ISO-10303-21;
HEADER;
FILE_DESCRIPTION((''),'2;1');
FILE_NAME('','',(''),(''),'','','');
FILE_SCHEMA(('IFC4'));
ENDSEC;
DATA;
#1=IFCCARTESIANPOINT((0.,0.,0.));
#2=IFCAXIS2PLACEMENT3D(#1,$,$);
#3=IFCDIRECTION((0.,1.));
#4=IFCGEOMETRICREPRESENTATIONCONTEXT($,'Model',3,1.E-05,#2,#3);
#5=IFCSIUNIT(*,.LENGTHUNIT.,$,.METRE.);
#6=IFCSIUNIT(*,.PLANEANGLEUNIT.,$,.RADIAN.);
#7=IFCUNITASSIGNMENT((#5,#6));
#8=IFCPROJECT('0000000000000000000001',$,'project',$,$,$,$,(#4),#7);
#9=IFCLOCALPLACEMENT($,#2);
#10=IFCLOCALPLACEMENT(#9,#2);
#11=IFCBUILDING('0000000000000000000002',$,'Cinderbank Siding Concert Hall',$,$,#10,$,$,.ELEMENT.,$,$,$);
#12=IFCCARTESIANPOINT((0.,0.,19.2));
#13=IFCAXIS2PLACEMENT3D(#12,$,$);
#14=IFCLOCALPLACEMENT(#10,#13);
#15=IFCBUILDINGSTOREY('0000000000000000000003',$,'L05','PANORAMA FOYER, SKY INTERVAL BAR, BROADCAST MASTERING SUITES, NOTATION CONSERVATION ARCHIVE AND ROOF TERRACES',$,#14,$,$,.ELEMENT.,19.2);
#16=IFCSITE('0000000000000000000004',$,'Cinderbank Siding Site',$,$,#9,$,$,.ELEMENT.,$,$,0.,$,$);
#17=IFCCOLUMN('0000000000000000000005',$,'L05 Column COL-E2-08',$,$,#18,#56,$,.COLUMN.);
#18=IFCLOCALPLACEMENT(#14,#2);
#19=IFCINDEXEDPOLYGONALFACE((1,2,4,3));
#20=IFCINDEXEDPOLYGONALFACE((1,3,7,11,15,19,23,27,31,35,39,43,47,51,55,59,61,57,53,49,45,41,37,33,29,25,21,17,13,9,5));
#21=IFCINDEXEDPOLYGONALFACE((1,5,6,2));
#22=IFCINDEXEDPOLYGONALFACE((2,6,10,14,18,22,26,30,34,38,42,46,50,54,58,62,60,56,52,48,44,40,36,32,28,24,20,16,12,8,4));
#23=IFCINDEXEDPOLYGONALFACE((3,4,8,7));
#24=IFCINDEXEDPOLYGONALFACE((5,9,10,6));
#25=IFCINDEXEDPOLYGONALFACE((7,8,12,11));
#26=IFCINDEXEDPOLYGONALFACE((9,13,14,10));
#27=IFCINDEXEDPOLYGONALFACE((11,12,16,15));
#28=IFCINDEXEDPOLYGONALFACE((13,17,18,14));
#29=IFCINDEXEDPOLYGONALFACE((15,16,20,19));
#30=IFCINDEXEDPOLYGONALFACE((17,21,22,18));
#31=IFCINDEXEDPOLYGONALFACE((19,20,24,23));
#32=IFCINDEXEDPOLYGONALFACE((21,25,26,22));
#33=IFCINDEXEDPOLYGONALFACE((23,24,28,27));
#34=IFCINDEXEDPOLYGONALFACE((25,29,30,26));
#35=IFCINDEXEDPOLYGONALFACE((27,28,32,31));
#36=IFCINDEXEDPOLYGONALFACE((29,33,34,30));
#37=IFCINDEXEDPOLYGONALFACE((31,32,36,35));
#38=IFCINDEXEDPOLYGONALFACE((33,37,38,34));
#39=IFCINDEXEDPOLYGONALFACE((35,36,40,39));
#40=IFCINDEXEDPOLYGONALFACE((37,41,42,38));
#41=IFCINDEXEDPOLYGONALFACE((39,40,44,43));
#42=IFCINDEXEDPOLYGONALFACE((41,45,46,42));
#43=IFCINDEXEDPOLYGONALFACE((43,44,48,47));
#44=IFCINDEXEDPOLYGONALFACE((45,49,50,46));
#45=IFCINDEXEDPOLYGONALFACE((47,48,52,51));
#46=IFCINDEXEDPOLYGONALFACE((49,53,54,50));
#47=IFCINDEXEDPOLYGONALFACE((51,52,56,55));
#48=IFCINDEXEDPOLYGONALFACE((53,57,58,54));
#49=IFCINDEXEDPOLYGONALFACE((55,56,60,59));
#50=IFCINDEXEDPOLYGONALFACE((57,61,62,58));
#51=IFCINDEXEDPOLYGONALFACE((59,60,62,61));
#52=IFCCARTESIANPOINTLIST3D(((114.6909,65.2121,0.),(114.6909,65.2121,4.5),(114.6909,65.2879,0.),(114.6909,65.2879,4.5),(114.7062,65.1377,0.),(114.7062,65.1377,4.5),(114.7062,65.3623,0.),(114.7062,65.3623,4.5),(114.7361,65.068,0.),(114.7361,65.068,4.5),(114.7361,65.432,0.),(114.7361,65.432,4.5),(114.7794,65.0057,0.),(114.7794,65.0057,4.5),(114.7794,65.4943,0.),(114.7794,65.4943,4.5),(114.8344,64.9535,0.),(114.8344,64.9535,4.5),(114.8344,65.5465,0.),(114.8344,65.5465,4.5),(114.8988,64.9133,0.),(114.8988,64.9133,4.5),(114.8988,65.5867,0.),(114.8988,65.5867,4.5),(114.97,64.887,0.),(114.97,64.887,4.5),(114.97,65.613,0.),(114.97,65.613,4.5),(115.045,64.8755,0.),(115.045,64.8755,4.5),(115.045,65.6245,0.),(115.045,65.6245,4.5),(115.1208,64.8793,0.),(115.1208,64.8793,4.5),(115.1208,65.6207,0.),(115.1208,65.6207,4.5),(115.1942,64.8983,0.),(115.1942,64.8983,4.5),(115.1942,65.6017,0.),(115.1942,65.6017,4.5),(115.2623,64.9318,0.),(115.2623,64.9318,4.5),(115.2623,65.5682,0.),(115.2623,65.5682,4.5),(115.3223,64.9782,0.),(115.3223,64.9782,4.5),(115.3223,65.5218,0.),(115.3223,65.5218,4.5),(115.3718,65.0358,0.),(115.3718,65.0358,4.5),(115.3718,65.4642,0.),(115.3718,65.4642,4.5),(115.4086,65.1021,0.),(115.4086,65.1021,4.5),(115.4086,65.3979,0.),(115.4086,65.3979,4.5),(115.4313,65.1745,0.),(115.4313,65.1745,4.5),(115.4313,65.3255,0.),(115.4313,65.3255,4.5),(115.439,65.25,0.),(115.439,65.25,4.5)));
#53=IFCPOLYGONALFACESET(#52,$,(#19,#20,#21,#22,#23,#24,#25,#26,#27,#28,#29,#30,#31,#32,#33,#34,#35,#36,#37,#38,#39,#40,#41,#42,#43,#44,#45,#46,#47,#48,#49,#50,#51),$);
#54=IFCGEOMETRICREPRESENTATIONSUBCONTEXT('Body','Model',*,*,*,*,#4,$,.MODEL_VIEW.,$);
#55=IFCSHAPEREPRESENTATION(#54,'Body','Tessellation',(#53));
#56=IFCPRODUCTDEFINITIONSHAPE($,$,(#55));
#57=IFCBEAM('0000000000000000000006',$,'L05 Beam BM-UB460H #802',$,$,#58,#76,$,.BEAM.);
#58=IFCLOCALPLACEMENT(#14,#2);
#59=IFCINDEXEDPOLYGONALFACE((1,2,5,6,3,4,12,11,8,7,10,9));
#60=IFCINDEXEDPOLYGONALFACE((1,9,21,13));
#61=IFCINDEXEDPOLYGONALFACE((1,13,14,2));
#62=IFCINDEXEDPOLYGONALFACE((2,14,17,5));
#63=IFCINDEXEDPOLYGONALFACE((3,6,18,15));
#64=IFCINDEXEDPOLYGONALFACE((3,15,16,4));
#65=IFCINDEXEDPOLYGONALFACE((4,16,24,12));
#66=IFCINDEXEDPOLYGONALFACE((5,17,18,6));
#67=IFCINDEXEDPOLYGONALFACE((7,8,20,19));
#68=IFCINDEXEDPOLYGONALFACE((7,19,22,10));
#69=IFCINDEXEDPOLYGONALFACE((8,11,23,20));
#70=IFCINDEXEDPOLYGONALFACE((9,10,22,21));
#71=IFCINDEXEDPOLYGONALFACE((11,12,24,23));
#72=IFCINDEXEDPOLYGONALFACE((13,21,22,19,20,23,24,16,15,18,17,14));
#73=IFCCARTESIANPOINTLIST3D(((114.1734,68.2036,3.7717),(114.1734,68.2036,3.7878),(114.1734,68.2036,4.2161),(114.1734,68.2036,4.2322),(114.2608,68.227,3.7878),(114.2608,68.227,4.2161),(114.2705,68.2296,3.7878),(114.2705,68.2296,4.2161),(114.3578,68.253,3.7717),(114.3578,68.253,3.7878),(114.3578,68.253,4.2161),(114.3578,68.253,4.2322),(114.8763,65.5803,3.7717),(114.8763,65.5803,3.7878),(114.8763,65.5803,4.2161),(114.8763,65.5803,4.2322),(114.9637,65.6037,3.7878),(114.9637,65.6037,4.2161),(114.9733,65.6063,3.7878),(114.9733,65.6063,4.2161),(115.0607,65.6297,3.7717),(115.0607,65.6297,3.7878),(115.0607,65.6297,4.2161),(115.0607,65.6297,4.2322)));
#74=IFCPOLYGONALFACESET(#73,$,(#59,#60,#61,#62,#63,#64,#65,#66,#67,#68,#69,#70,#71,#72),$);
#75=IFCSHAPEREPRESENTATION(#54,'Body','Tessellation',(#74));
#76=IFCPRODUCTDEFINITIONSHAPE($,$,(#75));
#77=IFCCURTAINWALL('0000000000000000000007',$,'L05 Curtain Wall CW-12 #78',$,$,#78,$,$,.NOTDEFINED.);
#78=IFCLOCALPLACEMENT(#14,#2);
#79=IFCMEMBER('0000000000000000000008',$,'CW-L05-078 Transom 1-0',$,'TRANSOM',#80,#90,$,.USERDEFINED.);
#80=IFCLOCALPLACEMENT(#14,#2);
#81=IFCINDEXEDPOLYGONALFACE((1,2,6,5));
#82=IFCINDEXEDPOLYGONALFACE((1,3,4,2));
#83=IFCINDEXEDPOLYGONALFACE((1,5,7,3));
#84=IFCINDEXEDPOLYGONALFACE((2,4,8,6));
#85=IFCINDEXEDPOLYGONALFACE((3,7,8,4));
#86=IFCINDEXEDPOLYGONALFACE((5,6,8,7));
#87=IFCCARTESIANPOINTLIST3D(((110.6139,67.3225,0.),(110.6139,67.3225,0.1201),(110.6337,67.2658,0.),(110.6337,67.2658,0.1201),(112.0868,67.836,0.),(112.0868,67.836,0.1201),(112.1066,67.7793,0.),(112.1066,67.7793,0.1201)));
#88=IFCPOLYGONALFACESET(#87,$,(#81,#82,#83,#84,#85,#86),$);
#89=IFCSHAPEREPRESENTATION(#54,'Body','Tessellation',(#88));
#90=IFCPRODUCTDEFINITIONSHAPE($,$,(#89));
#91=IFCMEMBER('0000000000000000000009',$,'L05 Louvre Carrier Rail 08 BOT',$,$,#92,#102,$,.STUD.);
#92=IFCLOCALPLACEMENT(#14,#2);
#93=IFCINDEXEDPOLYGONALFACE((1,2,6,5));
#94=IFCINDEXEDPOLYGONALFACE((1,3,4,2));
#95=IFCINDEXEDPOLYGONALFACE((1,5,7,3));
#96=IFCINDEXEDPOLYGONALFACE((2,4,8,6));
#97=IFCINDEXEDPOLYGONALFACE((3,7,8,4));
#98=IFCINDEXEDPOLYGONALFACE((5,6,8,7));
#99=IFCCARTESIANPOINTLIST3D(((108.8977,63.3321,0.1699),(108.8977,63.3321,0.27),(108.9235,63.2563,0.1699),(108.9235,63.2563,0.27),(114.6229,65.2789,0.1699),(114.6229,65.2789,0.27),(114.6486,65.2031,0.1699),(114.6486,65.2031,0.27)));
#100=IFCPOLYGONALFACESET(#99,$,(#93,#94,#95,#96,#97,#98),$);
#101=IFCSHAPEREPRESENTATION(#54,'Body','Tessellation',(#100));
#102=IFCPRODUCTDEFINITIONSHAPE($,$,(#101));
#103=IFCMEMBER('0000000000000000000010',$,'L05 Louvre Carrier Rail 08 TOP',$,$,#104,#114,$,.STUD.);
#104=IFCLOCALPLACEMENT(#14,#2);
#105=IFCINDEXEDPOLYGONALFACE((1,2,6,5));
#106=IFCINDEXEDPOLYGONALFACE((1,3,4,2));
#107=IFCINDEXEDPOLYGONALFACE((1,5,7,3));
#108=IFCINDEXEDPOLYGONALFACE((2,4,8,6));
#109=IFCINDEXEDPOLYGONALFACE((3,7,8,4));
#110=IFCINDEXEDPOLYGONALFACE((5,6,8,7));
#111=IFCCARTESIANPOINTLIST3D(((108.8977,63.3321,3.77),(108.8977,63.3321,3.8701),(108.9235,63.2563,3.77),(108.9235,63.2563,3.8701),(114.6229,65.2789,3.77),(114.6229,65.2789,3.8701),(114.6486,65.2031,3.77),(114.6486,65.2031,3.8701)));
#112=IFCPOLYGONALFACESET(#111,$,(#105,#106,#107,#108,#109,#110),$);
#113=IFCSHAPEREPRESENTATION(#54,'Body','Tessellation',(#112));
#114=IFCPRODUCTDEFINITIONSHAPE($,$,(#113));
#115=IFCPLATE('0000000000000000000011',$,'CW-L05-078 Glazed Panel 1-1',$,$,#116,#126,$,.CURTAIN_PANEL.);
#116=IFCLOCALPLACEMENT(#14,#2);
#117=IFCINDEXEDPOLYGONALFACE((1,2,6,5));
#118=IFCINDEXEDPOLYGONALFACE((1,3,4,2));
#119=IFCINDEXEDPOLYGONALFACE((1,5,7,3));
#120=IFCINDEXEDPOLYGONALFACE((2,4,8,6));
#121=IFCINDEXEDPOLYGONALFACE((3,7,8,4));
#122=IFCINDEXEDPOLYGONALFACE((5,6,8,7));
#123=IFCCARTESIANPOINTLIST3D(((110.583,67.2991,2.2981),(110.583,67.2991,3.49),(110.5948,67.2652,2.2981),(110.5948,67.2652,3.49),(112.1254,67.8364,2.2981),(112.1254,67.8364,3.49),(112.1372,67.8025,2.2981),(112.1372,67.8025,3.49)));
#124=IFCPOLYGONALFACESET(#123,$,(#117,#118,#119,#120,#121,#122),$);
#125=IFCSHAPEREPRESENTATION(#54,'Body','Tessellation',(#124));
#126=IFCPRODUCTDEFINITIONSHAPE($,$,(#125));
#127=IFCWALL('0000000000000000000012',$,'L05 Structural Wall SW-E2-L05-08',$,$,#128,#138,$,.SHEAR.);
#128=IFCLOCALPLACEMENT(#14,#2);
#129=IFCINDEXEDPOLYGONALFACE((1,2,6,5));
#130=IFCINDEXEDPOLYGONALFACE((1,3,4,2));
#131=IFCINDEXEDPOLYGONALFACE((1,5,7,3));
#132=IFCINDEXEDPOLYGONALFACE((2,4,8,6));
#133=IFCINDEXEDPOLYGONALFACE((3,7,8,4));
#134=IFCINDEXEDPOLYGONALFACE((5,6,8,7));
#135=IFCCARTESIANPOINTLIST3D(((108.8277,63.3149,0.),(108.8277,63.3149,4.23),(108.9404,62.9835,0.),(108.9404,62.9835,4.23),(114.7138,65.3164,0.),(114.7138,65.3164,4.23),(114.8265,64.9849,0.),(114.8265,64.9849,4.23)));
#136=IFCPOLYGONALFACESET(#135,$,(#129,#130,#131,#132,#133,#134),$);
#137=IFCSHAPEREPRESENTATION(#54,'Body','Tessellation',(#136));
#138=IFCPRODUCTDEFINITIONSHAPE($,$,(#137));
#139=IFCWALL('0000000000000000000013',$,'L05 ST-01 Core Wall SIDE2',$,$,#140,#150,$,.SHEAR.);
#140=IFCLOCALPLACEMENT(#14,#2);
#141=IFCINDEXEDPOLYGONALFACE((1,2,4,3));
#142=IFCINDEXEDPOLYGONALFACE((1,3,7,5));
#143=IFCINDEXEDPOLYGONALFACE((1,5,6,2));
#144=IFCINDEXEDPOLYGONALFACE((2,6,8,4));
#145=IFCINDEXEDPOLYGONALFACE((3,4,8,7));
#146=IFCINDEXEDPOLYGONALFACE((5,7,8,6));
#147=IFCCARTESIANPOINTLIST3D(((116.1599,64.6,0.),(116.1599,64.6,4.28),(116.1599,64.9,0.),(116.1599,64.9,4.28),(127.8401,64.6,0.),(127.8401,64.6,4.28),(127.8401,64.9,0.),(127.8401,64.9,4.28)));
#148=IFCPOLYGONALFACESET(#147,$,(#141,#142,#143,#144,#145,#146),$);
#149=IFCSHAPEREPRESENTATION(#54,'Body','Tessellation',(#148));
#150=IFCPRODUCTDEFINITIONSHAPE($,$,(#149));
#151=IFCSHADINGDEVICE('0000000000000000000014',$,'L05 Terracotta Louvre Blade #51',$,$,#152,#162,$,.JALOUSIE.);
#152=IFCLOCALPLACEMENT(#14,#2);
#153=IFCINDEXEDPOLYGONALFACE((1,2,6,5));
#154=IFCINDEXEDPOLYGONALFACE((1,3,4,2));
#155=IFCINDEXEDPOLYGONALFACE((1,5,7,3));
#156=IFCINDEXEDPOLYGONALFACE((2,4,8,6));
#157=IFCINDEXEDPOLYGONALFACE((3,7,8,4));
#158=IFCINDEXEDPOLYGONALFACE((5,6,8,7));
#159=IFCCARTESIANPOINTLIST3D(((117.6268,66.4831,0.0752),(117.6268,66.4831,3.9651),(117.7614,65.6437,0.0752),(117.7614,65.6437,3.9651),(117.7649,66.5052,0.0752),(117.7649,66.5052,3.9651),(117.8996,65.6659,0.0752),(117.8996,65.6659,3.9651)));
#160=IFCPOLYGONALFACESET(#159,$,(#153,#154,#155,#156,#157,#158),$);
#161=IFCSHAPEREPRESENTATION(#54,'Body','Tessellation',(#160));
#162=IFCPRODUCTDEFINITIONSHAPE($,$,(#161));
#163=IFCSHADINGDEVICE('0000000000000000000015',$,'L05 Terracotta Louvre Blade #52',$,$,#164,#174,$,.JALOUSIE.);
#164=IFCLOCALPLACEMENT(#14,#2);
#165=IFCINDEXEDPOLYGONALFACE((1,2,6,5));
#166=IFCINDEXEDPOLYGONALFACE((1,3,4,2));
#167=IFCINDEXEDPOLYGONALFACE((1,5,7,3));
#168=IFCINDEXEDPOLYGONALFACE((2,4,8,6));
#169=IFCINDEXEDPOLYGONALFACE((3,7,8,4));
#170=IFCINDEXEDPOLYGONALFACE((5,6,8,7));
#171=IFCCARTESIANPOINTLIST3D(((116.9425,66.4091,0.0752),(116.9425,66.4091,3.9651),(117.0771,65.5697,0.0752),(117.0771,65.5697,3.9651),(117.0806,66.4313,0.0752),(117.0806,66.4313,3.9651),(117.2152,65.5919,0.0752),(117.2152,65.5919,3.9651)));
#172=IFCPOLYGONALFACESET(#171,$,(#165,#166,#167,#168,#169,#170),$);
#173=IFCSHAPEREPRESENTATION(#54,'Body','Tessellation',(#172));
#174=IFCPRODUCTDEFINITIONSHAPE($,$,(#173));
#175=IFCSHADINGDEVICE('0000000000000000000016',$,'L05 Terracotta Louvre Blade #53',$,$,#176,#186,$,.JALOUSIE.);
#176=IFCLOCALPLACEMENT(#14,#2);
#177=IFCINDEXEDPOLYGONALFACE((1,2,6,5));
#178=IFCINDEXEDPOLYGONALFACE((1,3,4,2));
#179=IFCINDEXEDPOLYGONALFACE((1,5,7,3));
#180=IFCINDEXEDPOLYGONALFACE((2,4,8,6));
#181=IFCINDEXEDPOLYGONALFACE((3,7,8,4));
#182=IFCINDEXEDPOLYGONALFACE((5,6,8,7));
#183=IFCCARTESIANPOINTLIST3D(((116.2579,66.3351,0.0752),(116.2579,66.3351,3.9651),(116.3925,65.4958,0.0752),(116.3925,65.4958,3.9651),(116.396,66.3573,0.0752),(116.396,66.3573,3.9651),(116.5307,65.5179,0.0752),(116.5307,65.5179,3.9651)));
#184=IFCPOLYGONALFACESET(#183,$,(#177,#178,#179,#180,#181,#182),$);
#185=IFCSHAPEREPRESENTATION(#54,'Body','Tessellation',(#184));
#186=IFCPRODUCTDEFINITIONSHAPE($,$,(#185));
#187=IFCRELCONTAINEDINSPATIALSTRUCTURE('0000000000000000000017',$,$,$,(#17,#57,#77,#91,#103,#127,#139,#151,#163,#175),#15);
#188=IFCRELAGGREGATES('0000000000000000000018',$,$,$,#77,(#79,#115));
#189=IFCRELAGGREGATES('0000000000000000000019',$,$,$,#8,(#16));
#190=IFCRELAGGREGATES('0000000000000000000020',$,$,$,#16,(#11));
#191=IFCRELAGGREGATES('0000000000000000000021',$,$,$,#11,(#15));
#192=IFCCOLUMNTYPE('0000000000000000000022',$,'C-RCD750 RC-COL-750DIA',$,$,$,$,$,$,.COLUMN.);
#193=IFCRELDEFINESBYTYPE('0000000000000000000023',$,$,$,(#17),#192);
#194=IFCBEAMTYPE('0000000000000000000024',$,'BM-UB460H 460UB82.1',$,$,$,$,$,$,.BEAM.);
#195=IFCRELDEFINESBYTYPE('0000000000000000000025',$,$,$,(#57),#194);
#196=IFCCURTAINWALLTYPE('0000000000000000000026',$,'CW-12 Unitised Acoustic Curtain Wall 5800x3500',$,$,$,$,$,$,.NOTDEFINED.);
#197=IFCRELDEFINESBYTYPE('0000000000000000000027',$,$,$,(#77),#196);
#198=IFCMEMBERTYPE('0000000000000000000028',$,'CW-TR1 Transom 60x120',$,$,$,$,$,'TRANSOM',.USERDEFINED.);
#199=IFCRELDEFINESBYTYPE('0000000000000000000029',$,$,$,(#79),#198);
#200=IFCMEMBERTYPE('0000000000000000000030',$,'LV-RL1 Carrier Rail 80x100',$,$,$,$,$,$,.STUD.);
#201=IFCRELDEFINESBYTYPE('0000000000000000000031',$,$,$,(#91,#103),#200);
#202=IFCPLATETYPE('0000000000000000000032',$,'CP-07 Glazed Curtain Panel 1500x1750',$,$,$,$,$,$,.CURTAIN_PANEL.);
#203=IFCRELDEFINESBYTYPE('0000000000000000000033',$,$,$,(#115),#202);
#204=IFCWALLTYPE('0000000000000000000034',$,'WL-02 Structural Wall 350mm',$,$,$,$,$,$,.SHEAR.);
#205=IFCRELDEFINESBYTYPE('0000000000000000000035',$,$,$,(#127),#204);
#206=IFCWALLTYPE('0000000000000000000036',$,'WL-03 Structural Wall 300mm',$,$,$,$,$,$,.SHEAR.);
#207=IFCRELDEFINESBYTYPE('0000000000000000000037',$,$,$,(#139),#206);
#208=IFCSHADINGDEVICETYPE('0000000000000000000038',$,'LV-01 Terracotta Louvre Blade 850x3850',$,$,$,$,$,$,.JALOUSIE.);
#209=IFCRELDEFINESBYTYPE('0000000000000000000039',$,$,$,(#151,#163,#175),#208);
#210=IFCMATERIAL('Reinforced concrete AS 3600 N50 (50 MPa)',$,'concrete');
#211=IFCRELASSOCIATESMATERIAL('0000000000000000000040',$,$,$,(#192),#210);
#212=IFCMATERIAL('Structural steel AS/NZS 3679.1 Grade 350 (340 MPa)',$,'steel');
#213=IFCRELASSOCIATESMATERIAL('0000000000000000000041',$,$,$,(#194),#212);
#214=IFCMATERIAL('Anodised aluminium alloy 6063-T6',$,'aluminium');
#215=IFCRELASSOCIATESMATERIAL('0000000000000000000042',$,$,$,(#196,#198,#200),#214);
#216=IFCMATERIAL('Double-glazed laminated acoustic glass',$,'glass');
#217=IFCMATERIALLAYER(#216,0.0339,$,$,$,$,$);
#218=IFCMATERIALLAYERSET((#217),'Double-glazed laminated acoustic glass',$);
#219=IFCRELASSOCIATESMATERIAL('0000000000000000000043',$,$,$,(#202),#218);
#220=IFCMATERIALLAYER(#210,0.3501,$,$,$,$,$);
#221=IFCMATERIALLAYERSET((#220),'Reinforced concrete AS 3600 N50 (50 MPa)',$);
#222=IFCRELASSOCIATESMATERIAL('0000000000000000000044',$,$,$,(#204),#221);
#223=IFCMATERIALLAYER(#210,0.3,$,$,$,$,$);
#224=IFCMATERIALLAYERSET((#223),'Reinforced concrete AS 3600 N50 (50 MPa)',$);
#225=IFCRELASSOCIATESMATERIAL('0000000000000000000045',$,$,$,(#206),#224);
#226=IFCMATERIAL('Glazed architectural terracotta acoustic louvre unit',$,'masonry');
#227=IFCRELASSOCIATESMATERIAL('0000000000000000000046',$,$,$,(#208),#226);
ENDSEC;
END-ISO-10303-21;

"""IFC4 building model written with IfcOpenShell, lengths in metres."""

from ifc_helpers import new_model, si_unit, direction, frame, frame_2d, origin, origin_2d, place, context, subcontext, project, spatial, rectangle, circle, i_section, extrude, material, layer, layer_set, material_profile, profile_set, type_object, element, aggregate, save


model = new_model("IFC4")

# Units and contexts
model_context = context("Model", 3, precision=1e-05, world=origin(), true_north=direction((0.0, 1.0)))
body_context = subcontext(model_context, "Body", "Model", "MODEL_VIEW")
ifc_project = project(units=[si_unit("LENGTHUNIT", "METRE"), si_unit("PLANEANGLEUNIT", "RADIAN")], contexts=[model_context])

# Site, building, storey
site_placement = place(None, origin())
site = spatial("IfcSite", under=ifc_project, at=site_placement, Name="Cinderbank Siding Site", CompositionType="ELEMENT", RefElevation=0.0)
building_placement = place(site_placement, origin())
building = spatial("IfcBuilding", under=site, at=building_placement, Name="Cinderbank Siding Concert Hall", CompositionType="ELEMENT")
storey_placement = place(building_placement, frame((0.0, 0.0, 19.2)))
storey = spatial("IfcBuildingStorey", under=building, at=storey_placement, Name="L05", Description="PANORAMA FOYER, SKY INTERVAL BAR, BROADCAST MASTERING SUITES, NOTATION CONSERVATION ARCHIVE AND ROOF TERRACES", CompositionType="ELEMENT", Elevation=19.2)

# Column
ifc_material_1 = material(Name="Reinforced concrete AS 3600 N50 (50 MPa)", Category="concrete")
ifc_material_profile_1 = material_profile(ifc_material_1, circle(Radius=0.375, at=origin_2d()), Name="RC-COL-750DIA", Category="LoadBearing")
ifc_profile_set_1 = profile_set([ifc_material_profile_1], Name="Reinforced concrete AS 3600 N50 (50 MPa)")
column_type = type_object("IfcColumnType", Name="C-RCD750 RC-COL-750DIA", PredefinedType="COLUMN", material=ifc_profile_set_1)
column_placement = place(storey_placement, frame((115.064, 65.25, 0.0), z_axis=(0.0, 0.0, 1.0), x_axis=(1.0, 0.0, 0.0)))
element("IfcColumn", 1, at=column_placement, inside=storey, type_object=column_type, Name="L05 Column COL-E2-08", PredefinedType="COLUMN", context=body_context, shape_type="SweptSolid", body=[
    extrude(circle(Radius=0.375, at=origin_2d()), origin(), (0.0, 0.0, 1.0), 4.5),
])

# Beam
ifc_material_2 = material(Name="Structural steel AS/NZS 3679.1 Grade 350 (340 MPa)", Category="steel")
ifc_material_profile_2 = material_profile(ifc_material_2, i_section(OverallWidth=0.1909, OverallDepth=0.4604, WebThickness=0.01, FlangeThickness=0.0161, at=origin_2d()), Name="460UB82.1", Category="LoadBearing")
ifc_profile_set_2 = profile_set([ifc_material_profile_2], Name="Structural steel AS/NZS 3679.1 Grade 350 (340 MPa)")
beam_type = type_object("IfcBeamType", Name="BM-UB460H 460UB82.1", PredefinedType="BEAM", material=ifc_profile_set_2)
beam_placement = place(storey_placement, frame((114.9685, 65.605, 4.002), z_axis=(-0.258809, 0.965928, 0.0), x_axis=(-0.965928, -0.258809, 0.0)))
element("IfcBeam", 2, at=beam_placement, inside=storey, type_object=beam_type, Name="L05 Beam BM-UB460H #802", PredefinedType="BEAM", context=body_context, shape_type="SweptSolid", body=[
    extrude(i_section(OverallWidth=0.1909, OverallDepth=0.4604, WebThickness=0.01, FlangeThickness=0.0161, at=origin_2d()), origin(), (0.0, 0.0, 1.0), 2.7158),
])

# Curtain wall, member
ifc_material_3 = material(Name="Anodised aluminium alloy 6063-T6", Category="aluminium")
curtain_wall_type = type_object("IfcCurtainWallType", Name="CW-12 Unitised Acoustic Curtain Wall 5800x3500", PredefinedType="NOTDEFINED", material=ifc_material_3)
curtain_wall_placement = place(storey_placement, origin())
curtain_wall = element("IfcCurtainWall", 3, at=curtain_wall_placement, inside=storey, type_object=curtain_wall_type, Name="L05 Curtain Wall CW-12 #78", PredefinedType="NOTDEFINED")
ifc_material_profile_3 = material_profile(ifc_material_3, rectangle(XDim=0.0601, YDim=0.1201, at=origin_2d()), Name="ALU-TRAN-60x120", Category="LoadBearing")
ifc_profile_set_3 = profile_set([ifc_material_profile_3], Name="Anodised aluminium alloy 6063-T6")
member_type_1 = type_object("IfcMemberType", Name="CW-TR1 Transom 60x120", ElementType="TRANSOM", PredefinedType="USERDEFINED", material=ifc_profile_set_3)
member_placement = place(storey_placement, frame((112.0967, 67.8076, 0.0601), z_axis=(-0.944275, -0.329158, 0.0), x_axis=(0.329158, -0.944275, 0.0)))
member = element("IfcMember", 4, at=member_placement, type_object=member_type_1, Name="CW-L05-078 Transom 1-0", ObjectType="TRANSOM", PredefinedType="USERDEFINED", context=body_context, shape_type="SweptSolid", body=[
    extrude(rectangle(XDim=0.0601, YDim=0.1201, at=origin_2d()), origin(), (0.0, 0.0, 1.0), 1.5598),
])

# Members
ifc_material_profile_4 = material_profile(ifc_material_3, rectangle(XDim=0.0801, YDim=0.1001, at=origin_2d()), Name="ALU-RAIL-80x100", Category="LoadBearing")
ifc_profile_set_4 = profile_set([ifc_material_profile_4], Name="Anodised aluminium alloy 6063-T6")
member_type_2 = type_object("IfcMemberType", Name="LV-RL1 Carrier Rail 80x100", PredefinedType="STUD", material=ifc_profile_set_4)
for number, where, z_axis, x_axis, name in (
    (5, (114.6357, 65.241, 0.22), (-0.94676, -0.321939, 0.0), (0.321939, -0.94676, 0.0), "L05 Louvre Carrier Rail 08 BOT"),
    (6, (114.6357, 65.241, 3.8201), (-0.94676, -0.321939, 0.0), (0.321939, -0.94676, 0.0), "L05 Louvre Carrier Rail 08 TOP"),
):
    element("IfcMember", number, at=place(storey_placement, frame(where, z_axis=z_axis, x_axis=x_axis)), inside=storey, type_object=member_type_2, Name=name, PredefinedType="STUD", context=body_context, shape_type="SweptSolid", body=[
        extrude(rectangle(XDim=0.0801, YDim=0.1001, at=origin_2d()), origin(), (0.0, 0.0, 1.0), 6.0471),
    ])

# Plate
ifc_material_4 = material(Name="Double-glazed laminated acoustic glass", Category="glass")
ifc_layer_1 = layer(ifc_material_4, 0.0339)
ifc_layer_set_1 = layer_set([ifc_layer_1], Name="Double-glazed laminated acoustic glass")
plate_type = type_object("IfcPlateType", Name="CP-07 Glazed Curtain Panel 1500x1750", PredefinedType="CURTAIN_PANEL", material=ifc_layer_set_1)
plate_placement = place(storey_placement, frame((111.3601, 67.5508, 2.2981), z_axis=(0.0, 0.0, 1.0), x_axis=(-0.944334, -0.328988, 0.0)))
plate = element("IfcPlate", 7, at=plate_placement, type_object=plate_type, Name="CW-L05-078 Glazed Panel 1-1", PredefinedType="CURTAIN_PANEL", context=body_context, shape_type="SweptSolid", body=[
    extrude(rectangle(XDim=1.6333, YDim=0.0359, at=origin_2d()), origin(), (0.0, 0.0, 1.0), 1.1919),
])
aggregate(curtain_wall, [member, plate])

# Walls
ifc_layer_2 = layer(ifc_material_1, 0.3501)
ifc_layer_set_2 = layer_set([ifc_layer_2], Name="Reinforced concrete AS 3600 N50 (50 MPa)")
wall_type_1 = type_object("IfcWallType", Name="WL-02 Structural Wall 350mm", PredefinedType="SHEAR", material=ifc_layer_set_2)
wall_1_placement = place(storey_placement, frame((114.77, 65.1506, 0.0), z_axis=(0.0, 0.0, 1.0), x_axis=(-0.946761, -0.321936, 0.0)))
element("IfcWall", 8, at=wall_1_placement, inside=storey, type_object=wall_type_1, Name="L05 Structural Wall SW-E2-L05-08", PredefinedType="SHEAR", context=body_context, shape_type="SweptSolid", body=[
    extrude(rectangle(XDim=6.217, YDim=0.3501, at=frame_2d((3.1084, 0.0))), origin(), (0.0, 0.0, 1.0), 4.23),
])
ifc_layer_3 = layer(ifc_material_1, 0.3)
ifc_layer_set_3 = layer_set([ifc_layer_3], Name="Reinforced concrete AS 3600 N50 (50 MPa)")
wall_type_2 = type_object("IfcWallType", Name="WL-03 Structural Wall 300mm", PredefinedType="SHEAR", material=ifc_layer_set_3)
wall_2_placement = place(storey_placement, frame((116.1599, 64.75, 0.0), z_axis=(0.0, 0.0, 1.0), x_axis=(1.0, 0.0, 0.0)))
element("IfcWall", 9, at=wall_2_placement, inside=storey, type_object=wall_type_2, Name="L05 ST-01 Core Wall SIDE2", PredefinedType="SHEAR", context=body_context, shape_type="SweptSolid", body=[
    extrude(rectangle(XDim=11.6802, YDim=0.3, at=frame_2d((5.8401, 0.0))), origin(), (0.0, 0.0, 1.0), 4.28),
])

# Shading devices
ifc_material_5 = material(Name="Glazed architectural terracotta acoustic louvre unit", Category="masonry")
shading_device_type = type_object("IfcShadingDeviceType", Name="LV-01 Terracotta Louvre Blade 850x3850", PredefinedType="JALOUSIE", material=ifc_material_5)
for number, where, z_axis, x_axis, name in (
    (10, (117.7632, 66.0745, 0.0752), (0.0, 0.0, 1.0), (-0.158354, 0.987382, 0.0), "L05 Terracotta Louvre Blade #51"),
    (11, (117.0789, 66.0005, 0.0752), (0.0, 0.0, 1.0), (-0.158354, 0.987382, 0.0), "L05 Terracotta Louvre Blade #52"),
    (12, (116.3943, 65.9265, 0.0752), (0.0, 0.0, 1.0), (-0.158354, 0.987382, 0.0), "L05 Terracotta Louvre Blade #53"),
):
    element("IfcShadingDevice", number, at=place(storey_placement, frame(where, z_axis=z_axis, x_axis=x_axis)), inside=storey, type_object=shading_device_type, Name=name, PredefinedType="JALOUSIE", context=body_context, shape_type="SweptSolid", body=[
        extrude(rectangle(XDim=0.8501, YDim=0.1399, at=origin_2d()), origin(), (0.0, 0.0, 1.0), 3.8899),
    ])

save(model, "model.ifc")
